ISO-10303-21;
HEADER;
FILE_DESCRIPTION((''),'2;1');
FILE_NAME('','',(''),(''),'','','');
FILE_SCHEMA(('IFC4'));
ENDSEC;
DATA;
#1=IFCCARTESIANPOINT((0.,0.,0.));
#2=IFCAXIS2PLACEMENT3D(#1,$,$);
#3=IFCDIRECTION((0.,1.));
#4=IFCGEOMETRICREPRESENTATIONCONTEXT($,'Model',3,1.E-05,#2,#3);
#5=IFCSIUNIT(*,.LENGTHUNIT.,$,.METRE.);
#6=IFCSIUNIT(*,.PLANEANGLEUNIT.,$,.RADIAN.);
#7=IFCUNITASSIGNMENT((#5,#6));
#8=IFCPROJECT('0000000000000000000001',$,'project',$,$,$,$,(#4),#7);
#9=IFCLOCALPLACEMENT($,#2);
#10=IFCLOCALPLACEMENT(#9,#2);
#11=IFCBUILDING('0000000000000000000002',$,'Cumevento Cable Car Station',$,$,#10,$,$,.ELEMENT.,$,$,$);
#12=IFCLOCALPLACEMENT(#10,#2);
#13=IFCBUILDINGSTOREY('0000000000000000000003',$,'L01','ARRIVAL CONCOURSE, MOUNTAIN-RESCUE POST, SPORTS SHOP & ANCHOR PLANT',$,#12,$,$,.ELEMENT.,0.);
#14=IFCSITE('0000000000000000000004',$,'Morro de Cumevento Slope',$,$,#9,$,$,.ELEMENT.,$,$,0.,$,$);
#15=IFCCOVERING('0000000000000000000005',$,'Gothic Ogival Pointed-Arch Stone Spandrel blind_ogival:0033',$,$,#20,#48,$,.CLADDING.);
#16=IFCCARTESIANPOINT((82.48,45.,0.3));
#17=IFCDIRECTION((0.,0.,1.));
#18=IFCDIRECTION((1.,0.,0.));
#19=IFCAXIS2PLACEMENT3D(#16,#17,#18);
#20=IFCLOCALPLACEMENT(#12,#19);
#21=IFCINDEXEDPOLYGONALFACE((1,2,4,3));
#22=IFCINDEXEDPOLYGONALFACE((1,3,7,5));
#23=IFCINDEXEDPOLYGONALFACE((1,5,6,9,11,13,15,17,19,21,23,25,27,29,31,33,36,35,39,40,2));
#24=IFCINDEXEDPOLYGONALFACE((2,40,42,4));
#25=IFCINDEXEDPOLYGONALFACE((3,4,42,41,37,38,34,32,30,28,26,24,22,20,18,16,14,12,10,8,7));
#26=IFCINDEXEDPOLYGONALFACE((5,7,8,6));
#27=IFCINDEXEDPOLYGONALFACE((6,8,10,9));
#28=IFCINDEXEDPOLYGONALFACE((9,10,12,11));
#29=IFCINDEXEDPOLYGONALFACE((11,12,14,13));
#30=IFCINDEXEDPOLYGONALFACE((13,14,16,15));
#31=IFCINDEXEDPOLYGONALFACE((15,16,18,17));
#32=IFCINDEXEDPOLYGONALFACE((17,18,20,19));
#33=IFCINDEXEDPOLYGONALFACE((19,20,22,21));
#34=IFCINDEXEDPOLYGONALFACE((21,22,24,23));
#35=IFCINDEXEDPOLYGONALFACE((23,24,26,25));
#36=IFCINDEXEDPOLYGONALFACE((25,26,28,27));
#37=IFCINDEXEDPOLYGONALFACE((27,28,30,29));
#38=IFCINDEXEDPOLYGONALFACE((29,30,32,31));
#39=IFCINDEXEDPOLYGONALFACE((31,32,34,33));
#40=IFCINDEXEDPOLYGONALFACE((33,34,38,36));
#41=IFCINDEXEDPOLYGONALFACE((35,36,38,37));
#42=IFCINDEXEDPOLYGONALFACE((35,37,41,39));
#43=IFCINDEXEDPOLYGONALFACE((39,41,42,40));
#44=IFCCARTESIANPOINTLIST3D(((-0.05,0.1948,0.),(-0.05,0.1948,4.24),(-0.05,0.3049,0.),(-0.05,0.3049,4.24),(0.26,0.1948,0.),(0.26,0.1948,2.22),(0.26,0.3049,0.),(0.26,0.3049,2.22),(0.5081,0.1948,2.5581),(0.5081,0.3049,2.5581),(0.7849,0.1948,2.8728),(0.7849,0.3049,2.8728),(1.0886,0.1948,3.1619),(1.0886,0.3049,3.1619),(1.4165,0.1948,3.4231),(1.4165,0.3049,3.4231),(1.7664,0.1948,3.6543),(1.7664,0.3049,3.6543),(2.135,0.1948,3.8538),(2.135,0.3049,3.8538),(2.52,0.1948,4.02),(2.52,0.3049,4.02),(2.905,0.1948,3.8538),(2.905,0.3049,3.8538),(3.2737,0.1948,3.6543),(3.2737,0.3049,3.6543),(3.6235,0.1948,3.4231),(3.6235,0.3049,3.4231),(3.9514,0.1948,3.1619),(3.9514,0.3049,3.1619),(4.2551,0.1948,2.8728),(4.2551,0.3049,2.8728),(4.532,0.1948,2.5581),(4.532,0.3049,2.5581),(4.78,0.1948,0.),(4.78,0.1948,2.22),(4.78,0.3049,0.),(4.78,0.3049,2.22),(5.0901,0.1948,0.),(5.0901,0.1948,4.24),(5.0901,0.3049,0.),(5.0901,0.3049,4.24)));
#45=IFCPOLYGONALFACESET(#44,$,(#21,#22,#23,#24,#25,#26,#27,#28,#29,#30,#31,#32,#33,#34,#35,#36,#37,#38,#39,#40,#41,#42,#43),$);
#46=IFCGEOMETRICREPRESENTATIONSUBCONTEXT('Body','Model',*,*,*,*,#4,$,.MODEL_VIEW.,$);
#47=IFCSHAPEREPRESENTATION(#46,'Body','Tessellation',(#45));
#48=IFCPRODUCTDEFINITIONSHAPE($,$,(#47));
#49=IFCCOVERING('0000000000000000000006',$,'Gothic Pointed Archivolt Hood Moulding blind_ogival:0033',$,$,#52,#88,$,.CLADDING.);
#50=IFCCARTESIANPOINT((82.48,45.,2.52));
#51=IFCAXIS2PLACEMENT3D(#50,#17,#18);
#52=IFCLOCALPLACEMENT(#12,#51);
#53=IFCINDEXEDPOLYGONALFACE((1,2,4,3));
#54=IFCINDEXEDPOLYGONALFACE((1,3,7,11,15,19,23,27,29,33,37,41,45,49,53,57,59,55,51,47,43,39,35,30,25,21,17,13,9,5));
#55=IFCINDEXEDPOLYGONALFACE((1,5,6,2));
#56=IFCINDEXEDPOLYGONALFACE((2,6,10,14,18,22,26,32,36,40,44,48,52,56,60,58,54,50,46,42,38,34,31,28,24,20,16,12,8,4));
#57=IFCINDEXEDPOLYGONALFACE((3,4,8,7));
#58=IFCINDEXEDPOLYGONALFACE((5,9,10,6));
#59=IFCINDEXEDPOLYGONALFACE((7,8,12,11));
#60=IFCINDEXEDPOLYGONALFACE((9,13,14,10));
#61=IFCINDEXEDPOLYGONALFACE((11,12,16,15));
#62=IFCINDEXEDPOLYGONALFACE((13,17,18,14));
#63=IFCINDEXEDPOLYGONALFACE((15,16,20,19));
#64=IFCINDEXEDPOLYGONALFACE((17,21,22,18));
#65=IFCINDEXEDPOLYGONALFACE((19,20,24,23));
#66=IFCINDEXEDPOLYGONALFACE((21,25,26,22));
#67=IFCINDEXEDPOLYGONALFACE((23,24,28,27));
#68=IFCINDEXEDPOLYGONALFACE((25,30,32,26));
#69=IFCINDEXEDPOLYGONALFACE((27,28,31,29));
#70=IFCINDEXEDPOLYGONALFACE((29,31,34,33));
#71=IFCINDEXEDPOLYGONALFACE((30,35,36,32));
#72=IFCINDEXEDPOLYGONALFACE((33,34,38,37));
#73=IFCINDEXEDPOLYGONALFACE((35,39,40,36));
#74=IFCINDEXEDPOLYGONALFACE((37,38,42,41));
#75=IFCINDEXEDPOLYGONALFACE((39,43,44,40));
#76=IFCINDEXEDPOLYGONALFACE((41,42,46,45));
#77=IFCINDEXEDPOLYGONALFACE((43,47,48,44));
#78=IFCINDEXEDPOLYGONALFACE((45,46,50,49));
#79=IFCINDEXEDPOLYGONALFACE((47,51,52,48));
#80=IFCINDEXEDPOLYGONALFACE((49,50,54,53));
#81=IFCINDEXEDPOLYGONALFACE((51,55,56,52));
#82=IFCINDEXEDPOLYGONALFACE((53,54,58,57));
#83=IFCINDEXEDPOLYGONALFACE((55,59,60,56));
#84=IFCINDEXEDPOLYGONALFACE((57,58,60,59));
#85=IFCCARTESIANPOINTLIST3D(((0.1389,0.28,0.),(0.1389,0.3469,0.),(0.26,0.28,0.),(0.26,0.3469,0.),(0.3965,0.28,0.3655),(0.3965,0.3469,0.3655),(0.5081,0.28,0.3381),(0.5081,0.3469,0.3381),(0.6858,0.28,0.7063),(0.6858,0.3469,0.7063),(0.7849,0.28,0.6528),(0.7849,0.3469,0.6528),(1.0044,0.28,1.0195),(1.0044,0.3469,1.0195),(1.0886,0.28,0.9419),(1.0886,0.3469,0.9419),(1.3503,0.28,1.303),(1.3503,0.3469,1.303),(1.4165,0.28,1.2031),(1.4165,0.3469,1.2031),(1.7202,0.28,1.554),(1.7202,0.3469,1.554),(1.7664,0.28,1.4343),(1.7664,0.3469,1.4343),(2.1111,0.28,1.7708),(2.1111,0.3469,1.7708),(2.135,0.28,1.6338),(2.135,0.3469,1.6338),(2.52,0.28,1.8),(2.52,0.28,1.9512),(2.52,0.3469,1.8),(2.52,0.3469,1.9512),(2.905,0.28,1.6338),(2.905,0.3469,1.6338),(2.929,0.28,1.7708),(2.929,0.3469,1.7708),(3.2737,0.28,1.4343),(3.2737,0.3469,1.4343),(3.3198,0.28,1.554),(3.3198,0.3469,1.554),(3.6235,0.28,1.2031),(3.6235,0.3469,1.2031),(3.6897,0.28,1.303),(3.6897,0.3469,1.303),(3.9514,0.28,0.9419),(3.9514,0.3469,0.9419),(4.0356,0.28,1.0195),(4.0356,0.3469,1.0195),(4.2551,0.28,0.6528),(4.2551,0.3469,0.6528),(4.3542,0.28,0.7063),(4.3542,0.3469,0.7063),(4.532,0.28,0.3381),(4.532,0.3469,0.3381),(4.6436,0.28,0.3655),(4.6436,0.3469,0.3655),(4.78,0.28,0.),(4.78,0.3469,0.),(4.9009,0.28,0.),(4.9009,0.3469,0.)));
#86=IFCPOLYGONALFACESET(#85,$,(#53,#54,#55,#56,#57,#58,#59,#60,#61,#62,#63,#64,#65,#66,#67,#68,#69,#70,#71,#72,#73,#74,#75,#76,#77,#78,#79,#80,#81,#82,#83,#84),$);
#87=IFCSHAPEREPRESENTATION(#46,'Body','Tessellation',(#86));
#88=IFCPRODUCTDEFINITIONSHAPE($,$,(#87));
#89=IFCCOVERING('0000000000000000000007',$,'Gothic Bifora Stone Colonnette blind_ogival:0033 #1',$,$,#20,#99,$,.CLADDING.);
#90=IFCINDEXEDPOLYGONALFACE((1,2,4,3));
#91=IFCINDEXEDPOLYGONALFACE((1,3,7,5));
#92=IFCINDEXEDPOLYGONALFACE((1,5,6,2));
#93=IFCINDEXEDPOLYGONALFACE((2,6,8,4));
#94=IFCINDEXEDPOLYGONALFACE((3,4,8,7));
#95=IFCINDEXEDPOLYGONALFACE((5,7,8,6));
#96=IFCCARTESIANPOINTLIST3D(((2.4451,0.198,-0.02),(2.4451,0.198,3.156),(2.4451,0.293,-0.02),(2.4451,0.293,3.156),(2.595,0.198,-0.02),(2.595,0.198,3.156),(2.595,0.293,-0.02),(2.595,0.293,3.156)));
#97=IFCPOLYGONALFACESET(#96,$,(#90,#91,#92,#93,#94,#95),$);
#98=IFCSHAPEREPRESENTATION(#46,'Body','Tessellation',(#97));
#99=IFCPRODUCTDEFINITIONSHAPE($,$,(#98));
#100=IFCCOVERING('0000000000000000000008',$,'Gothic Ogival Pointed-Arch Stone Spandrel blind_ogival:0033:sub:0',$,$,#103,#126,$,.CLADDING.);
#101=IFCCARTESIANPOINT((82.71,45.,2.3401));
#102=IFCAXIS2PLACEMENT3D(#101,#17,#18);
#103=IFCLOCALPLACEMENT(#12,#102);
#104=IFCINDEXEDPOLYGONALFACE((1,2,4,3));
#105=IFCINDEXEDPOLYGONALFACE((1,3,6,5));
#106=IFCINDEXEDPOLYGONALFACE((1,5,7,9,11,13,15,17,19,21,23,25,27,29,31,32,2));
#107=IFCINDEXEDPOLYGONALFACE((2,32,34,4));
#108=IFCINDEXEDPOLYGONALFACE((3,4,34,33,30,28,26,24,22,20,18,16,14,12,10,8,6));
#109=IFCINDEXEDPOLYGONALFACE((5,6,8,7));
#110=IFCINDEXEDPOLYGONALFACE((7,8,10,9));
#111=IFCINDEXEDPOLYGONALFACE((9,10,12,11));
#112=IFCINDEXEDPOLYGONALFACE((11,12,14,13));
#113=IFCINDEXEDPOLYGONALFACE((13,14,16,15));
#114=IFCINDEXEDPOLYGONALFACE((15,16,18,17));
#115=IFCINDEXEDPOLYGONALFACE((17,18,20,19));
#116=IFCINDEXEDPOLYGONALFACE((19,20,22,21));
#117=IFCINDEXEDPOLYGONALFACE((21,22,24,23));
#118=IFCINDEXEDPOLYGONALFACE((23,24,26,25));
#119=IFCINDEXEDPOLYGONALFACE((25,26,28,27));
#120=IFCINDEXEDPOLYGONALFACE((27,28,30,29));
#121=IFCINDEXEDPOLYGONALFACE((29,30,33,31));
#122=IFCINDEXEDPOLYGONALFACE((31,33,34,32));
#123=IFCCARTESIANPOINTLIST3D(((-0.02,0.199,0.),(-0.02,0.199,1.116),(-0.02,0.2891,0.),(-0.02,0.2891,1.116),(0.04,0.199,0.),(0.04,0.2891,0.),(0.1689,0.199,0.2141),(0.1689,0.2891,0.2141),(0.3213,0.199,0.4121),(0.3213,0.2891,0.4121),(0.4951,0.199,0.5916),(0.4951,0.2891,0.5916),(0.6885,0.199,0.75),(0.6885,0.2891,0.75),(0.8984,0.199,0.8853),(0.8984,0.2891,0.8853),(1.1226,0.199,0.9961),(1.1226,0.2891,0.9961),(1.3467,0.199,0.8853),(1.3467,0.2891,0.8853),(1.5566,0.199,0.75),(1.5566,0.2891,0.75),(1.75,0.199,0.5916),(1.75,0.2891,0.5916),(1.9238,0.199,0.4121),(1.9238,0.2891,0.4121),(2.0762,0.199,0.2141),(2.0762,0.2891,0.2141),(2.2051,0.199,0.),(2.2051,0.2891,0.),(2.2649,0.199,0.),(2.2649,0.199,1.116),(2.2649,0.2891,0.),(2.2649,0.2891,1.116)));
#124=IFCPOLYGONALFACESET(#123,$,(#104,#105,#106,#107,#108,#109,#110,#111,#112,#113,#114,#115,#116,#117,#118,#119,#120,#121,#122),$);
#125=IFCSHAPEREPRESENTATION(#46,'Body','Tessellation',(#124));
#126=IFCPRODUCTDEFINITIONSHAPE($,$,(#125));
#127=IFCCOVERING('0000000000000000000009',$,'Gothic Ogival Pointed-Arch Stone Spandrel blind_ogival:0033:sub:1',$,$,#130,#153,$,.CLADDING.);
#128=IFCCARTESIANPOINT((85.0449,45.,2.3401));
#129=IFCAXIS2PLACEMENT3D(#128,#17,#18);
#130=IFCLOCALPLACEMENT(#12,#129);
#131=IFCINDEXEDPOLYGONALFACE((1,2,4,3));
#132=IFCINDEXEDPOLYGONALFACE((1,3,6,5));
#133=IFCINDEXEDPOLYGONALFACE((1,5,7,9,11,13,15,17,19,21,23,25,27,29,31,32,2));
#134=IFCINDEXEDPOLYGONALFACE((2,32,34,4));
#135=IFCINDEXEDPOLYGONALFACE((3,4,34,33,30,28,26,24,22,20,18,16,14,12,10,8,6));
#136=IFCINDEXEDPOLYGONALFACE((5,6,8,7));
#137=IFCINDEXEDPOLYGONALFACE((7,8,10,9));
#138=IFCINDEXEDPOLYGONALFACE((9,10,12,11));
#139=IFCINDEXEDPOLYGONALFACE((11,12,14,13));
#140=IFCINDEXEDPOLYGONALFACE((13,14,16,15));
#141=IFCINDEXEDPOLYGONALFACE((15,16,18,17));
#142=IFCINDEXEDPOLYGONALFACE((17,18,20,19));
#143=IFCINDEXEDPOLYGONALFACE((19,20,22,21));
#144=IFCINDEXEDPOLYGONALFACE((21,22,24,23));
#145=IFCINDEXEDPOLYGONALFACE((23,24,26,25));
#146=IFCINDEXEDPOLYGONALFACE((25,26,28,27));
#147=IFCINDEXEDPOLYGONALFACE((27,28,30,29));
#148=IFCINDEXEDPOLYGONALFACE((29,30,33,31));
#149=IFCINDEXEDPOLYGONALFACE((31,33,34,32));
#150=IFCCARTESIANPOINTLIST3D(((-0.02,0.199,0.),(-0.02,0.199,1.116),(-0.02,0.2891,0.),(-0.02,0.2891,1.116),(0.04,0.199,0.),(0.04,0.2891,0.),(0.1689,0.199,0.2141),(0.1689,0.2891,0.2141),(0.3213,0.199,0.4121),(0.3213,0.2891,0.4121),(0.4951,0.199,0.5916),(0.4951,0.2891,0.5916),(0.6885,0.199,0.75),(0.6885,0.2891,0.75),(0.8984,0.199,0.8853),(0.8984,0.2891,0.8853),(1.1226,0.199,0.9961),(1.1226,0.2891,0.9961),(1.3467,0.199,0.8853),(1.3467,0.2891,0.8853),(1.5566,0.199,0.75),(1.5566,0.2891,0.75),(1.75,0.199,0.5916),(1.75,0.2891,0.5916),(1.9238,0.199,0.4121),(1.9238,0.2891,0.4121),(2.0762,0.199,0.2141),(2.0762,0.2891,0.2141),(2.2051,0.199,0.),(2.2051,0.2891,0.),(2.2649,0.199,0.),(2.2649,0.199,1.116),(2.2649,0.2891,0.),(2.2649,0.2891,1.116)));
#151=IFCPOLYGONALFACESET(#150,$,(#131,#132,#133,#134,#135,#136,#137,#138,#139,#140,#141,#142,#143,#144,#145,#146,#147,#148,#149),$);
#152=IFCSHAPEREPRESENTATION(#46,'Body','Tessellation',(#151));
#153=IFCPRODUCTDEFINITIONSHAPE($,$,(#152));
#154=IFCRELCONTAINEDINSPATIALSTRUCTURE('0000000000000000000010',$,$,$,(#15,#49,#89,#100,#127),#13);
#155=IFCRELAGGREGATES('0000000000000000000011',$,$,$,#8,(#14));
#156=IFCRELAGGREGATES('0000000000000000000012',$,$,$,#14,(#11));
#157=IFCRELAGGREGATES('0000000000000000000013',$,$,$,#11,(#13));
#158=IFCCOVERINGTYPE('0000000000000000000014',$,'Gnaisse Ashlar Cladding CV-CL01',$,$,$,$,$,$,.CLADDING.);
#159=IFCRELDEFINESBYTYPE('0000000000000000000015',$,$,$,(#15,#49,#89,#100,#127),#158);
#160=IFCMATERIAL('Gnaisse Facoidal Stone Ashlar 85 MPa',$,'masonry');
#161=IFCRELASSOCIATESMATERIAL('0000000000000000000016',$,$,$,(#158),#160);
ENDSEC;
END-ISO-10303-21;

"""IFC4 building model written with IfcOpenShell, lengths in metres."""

from ifc_helpers import new_model, si_unit, direction, frame, origin, place, context, subcontext, project, spatial, polyline, outline, extrude, material, type_object, element, save


model = new_model("IFC4")

# Units and contexts
model_context = context("Model", 3, precision=1e-05, world=origin(), true_north=direction((0.0, 1.0)))
body_context = subcontext(model_context, "Body", "Model", "MODEL_VIEW")
ifc_project = project(units=[si_unit("LENGTHUNIT", "METRE"), si_unit("PLANEANGLEUNIT", "RADIAN")], contexts=[model_context])

# Site, building, storey
site_placement = place(None, origin())
site = spatial("IfcSite", under=ifc_project, at=site_placement, Name="Morro de Cumevento Slope", CompositionType="ELEMENT", RefElevation=0.0)
building_placement = place(site_placement, origin())
building = spatial("IfcBuilding", under=site, at=building_placement, Name="Cumevento Cable Car Station", CompositionType="ELEMENT")
storey_placement = place(building_placement, origin())
storey = spatial("IfcBuildingStorey", under=building, at=storey_placement, Name="L01", Description="ARRIVAL CONCOURSE, MOUNTAIN-RESCUE POST, SPORTS SHOP & ANCHOR PLANT", CompositionType="ELEMENT", Elevation=0.0)

# Coverings
ifc_material_1 = material(Name="Gnaisse Facoidal Stone Ashlar 85 MPa", Category="masonry")
covering_type = type_object("IfcCoveringType", Name="Gnaisse Ashlar Cladding CV-CL01", PredefinedType="CLADDING", material=ifc_material_1)
placement = place(storey_placement, frame((82.48, 45.0, 0.3), z_axis=(0.0, 0.0, 1.0), x_axis=(1.0, 0.0, 0.0)))
element("IfcCovering", 1, at=placement, inside=storey, type_object=covering_type, Name="Gothic Ogival Pointed-Arch Stone Spandrel blind_ogival:0033", PredefinedType="CLADDING", context=body_context, shape_type="SweptSolid", body=[
    extrude(outline(polyline([(-0.05, 0.0), (-0.05, 4.24), (5.0901, 4.24), (5.0901, 0.0), (4.78, 0.0), (4.78, 2.22), (4.532, 2.5581), (4.2551, 2.8728), (3.9514, 3.1619), (3.6235, 3.4231), (3.2737, 3.6543), (2.905, 3.8538), (2.52, 4.02), (2.135, 3.8538), (1.7664, 3.6543), (1.4165, 3.4231), (1.0886, 3.1619), (0.7849, 2.8728), (0.5081, 2.5581), (0.26, 2.22), (0.26, 0.0), (-0.05, 0.0)])), frame((0.0, 0.3049, 0.0), z_axis=(0.0, -1.0, 0.0), x_axis=(1.0, 0.0, 0.0)), (0.0, 0.0, 1.0), 0.1101),
])
covering_1_placement = place(storey_placement, frame((82.48, 45.0, 2.52), z_axis=(0.0, 0.0, 1.0), x_axis=(1.0, 0.0, 0.0)))
element("IfcCovering", 2, at=covering_1_placement, inside=storey, type_object=covering_type, Name="Gothic Pointed Archivolt Hood Moulding blind_ogival:0033", PredefinedType="CLADDING", context=body_context, shape_type="SweptSolid", body=[
    extrude(outline(polyline([(0.26, 0.0), (0.5081, 0.3381), (0.7849, 0.6528), (1.0886, 0.9419), (1.4165, 1.2031), (1.7664, 1.4343), (2.135, 1.6338), (2.52, 1.8), (2.905, 1.6338), (3.2737, 1.4343), (3.6235, 1.2031), (3.9514, 0.9419), (4.2551, 0.6528), (4.532, 0.3381), (4.78, 0.0), (4.9009, 0.0), (4.6436, 0.3655), (4.3542, 0.7063), (4.0356, 1.0195), (3.6897, 1.303), (3.3198, 1.554), (2.929, 1.7708), (2.52, 1.9512), (2.1111, 1.7708), (1.7202, 1.554), (1.3503, 1.303), (1.0044, 1.0195), (0.6858, 0.7063), (0.3965, 0.3655), (0.1389, 0.0), (0.26, 0.0)])), frame((0.0, 0.3469, 0.0), z_axis=(0.0, -1.0, 0.0), x_axis=(1.0, 0.0, 0.0)), (0.0, 0.0, 1.0), 0.0669),
])
element("IfcCovering", 3, at=placement, inside=storey, type_object=covering_type, Name="Gothic Bifora Stone Colonnette blind_ogival:0033 #1", PredefinedType="CLADDING", context=body_context, shape_type="SweptSolid", body=[
    extrude(outline(polyline([(2.4451, -0.02), (2.595, -0.02), (2.595, 3.156), (2.4451, 3.156), (2.4451, -0.02)])), frame((0.0, 0.293, 0.0), z_axis=(0.0, -1.0, 0.0), x_axis=(1.0, 0.0, 0.0)), (0.0, 0.0, 1.0), 0.095),
])
for number, where, z_axis, x_axis, name in (
    (4, (82.71, 45.0, 2.3401), (0.0, 0.0, 1.0), (1.0, 0.0, 0.0), "Gothic Ogival Pointed-Arch Stone Spandrel blind_ogival:0033:sub:0"),
    (5, (85.0449, 45.0, 2.3401), (0.0, 0.0, 1.0), (1.0, 0.0, 0.0), "Gothic Ogival Pointed-Arch Stone Spandrel blind_ogival:0033:sub:1"),
):
    element("IfcCovering", number, at=place(storey_placement, frame(where, z_axis=z_axis, x_axis=x_axis)), inside=storey, type_object=covering_type, Name=name, PredefinedType="CLADDING", context=body_context, shape_type="SweptSolid", body=[
        extrude(outline(polyline([(-0.02, 0.0), (-0.02, 1.116), (2.2649, 1.116), (2.2649, 0.0), (2.2051, 0.0), (2.0762, 0.2141), (1.9238, 0.4121), (1.75, 0.5916), (1.5566, 0.75), (1.3467, 0.8853), (1.1226, 0.9961), (0.8984, 0.8853), (0.6885, 0.75), (0.4951, 0.5916), (0.3213, 0.4121), (0.1689, 0.2141), (0.04, 0.0), (-0.02, 0.0)])), frame((0.0, 0.2891, 0.0), z_axis=(0.0, -1.0, 0.0), x_axis=(1.0, 0.0, 0.0)), (0.0, 0.0, 1.0), 0.0901),
    ])

save(model, "model.ifc")
